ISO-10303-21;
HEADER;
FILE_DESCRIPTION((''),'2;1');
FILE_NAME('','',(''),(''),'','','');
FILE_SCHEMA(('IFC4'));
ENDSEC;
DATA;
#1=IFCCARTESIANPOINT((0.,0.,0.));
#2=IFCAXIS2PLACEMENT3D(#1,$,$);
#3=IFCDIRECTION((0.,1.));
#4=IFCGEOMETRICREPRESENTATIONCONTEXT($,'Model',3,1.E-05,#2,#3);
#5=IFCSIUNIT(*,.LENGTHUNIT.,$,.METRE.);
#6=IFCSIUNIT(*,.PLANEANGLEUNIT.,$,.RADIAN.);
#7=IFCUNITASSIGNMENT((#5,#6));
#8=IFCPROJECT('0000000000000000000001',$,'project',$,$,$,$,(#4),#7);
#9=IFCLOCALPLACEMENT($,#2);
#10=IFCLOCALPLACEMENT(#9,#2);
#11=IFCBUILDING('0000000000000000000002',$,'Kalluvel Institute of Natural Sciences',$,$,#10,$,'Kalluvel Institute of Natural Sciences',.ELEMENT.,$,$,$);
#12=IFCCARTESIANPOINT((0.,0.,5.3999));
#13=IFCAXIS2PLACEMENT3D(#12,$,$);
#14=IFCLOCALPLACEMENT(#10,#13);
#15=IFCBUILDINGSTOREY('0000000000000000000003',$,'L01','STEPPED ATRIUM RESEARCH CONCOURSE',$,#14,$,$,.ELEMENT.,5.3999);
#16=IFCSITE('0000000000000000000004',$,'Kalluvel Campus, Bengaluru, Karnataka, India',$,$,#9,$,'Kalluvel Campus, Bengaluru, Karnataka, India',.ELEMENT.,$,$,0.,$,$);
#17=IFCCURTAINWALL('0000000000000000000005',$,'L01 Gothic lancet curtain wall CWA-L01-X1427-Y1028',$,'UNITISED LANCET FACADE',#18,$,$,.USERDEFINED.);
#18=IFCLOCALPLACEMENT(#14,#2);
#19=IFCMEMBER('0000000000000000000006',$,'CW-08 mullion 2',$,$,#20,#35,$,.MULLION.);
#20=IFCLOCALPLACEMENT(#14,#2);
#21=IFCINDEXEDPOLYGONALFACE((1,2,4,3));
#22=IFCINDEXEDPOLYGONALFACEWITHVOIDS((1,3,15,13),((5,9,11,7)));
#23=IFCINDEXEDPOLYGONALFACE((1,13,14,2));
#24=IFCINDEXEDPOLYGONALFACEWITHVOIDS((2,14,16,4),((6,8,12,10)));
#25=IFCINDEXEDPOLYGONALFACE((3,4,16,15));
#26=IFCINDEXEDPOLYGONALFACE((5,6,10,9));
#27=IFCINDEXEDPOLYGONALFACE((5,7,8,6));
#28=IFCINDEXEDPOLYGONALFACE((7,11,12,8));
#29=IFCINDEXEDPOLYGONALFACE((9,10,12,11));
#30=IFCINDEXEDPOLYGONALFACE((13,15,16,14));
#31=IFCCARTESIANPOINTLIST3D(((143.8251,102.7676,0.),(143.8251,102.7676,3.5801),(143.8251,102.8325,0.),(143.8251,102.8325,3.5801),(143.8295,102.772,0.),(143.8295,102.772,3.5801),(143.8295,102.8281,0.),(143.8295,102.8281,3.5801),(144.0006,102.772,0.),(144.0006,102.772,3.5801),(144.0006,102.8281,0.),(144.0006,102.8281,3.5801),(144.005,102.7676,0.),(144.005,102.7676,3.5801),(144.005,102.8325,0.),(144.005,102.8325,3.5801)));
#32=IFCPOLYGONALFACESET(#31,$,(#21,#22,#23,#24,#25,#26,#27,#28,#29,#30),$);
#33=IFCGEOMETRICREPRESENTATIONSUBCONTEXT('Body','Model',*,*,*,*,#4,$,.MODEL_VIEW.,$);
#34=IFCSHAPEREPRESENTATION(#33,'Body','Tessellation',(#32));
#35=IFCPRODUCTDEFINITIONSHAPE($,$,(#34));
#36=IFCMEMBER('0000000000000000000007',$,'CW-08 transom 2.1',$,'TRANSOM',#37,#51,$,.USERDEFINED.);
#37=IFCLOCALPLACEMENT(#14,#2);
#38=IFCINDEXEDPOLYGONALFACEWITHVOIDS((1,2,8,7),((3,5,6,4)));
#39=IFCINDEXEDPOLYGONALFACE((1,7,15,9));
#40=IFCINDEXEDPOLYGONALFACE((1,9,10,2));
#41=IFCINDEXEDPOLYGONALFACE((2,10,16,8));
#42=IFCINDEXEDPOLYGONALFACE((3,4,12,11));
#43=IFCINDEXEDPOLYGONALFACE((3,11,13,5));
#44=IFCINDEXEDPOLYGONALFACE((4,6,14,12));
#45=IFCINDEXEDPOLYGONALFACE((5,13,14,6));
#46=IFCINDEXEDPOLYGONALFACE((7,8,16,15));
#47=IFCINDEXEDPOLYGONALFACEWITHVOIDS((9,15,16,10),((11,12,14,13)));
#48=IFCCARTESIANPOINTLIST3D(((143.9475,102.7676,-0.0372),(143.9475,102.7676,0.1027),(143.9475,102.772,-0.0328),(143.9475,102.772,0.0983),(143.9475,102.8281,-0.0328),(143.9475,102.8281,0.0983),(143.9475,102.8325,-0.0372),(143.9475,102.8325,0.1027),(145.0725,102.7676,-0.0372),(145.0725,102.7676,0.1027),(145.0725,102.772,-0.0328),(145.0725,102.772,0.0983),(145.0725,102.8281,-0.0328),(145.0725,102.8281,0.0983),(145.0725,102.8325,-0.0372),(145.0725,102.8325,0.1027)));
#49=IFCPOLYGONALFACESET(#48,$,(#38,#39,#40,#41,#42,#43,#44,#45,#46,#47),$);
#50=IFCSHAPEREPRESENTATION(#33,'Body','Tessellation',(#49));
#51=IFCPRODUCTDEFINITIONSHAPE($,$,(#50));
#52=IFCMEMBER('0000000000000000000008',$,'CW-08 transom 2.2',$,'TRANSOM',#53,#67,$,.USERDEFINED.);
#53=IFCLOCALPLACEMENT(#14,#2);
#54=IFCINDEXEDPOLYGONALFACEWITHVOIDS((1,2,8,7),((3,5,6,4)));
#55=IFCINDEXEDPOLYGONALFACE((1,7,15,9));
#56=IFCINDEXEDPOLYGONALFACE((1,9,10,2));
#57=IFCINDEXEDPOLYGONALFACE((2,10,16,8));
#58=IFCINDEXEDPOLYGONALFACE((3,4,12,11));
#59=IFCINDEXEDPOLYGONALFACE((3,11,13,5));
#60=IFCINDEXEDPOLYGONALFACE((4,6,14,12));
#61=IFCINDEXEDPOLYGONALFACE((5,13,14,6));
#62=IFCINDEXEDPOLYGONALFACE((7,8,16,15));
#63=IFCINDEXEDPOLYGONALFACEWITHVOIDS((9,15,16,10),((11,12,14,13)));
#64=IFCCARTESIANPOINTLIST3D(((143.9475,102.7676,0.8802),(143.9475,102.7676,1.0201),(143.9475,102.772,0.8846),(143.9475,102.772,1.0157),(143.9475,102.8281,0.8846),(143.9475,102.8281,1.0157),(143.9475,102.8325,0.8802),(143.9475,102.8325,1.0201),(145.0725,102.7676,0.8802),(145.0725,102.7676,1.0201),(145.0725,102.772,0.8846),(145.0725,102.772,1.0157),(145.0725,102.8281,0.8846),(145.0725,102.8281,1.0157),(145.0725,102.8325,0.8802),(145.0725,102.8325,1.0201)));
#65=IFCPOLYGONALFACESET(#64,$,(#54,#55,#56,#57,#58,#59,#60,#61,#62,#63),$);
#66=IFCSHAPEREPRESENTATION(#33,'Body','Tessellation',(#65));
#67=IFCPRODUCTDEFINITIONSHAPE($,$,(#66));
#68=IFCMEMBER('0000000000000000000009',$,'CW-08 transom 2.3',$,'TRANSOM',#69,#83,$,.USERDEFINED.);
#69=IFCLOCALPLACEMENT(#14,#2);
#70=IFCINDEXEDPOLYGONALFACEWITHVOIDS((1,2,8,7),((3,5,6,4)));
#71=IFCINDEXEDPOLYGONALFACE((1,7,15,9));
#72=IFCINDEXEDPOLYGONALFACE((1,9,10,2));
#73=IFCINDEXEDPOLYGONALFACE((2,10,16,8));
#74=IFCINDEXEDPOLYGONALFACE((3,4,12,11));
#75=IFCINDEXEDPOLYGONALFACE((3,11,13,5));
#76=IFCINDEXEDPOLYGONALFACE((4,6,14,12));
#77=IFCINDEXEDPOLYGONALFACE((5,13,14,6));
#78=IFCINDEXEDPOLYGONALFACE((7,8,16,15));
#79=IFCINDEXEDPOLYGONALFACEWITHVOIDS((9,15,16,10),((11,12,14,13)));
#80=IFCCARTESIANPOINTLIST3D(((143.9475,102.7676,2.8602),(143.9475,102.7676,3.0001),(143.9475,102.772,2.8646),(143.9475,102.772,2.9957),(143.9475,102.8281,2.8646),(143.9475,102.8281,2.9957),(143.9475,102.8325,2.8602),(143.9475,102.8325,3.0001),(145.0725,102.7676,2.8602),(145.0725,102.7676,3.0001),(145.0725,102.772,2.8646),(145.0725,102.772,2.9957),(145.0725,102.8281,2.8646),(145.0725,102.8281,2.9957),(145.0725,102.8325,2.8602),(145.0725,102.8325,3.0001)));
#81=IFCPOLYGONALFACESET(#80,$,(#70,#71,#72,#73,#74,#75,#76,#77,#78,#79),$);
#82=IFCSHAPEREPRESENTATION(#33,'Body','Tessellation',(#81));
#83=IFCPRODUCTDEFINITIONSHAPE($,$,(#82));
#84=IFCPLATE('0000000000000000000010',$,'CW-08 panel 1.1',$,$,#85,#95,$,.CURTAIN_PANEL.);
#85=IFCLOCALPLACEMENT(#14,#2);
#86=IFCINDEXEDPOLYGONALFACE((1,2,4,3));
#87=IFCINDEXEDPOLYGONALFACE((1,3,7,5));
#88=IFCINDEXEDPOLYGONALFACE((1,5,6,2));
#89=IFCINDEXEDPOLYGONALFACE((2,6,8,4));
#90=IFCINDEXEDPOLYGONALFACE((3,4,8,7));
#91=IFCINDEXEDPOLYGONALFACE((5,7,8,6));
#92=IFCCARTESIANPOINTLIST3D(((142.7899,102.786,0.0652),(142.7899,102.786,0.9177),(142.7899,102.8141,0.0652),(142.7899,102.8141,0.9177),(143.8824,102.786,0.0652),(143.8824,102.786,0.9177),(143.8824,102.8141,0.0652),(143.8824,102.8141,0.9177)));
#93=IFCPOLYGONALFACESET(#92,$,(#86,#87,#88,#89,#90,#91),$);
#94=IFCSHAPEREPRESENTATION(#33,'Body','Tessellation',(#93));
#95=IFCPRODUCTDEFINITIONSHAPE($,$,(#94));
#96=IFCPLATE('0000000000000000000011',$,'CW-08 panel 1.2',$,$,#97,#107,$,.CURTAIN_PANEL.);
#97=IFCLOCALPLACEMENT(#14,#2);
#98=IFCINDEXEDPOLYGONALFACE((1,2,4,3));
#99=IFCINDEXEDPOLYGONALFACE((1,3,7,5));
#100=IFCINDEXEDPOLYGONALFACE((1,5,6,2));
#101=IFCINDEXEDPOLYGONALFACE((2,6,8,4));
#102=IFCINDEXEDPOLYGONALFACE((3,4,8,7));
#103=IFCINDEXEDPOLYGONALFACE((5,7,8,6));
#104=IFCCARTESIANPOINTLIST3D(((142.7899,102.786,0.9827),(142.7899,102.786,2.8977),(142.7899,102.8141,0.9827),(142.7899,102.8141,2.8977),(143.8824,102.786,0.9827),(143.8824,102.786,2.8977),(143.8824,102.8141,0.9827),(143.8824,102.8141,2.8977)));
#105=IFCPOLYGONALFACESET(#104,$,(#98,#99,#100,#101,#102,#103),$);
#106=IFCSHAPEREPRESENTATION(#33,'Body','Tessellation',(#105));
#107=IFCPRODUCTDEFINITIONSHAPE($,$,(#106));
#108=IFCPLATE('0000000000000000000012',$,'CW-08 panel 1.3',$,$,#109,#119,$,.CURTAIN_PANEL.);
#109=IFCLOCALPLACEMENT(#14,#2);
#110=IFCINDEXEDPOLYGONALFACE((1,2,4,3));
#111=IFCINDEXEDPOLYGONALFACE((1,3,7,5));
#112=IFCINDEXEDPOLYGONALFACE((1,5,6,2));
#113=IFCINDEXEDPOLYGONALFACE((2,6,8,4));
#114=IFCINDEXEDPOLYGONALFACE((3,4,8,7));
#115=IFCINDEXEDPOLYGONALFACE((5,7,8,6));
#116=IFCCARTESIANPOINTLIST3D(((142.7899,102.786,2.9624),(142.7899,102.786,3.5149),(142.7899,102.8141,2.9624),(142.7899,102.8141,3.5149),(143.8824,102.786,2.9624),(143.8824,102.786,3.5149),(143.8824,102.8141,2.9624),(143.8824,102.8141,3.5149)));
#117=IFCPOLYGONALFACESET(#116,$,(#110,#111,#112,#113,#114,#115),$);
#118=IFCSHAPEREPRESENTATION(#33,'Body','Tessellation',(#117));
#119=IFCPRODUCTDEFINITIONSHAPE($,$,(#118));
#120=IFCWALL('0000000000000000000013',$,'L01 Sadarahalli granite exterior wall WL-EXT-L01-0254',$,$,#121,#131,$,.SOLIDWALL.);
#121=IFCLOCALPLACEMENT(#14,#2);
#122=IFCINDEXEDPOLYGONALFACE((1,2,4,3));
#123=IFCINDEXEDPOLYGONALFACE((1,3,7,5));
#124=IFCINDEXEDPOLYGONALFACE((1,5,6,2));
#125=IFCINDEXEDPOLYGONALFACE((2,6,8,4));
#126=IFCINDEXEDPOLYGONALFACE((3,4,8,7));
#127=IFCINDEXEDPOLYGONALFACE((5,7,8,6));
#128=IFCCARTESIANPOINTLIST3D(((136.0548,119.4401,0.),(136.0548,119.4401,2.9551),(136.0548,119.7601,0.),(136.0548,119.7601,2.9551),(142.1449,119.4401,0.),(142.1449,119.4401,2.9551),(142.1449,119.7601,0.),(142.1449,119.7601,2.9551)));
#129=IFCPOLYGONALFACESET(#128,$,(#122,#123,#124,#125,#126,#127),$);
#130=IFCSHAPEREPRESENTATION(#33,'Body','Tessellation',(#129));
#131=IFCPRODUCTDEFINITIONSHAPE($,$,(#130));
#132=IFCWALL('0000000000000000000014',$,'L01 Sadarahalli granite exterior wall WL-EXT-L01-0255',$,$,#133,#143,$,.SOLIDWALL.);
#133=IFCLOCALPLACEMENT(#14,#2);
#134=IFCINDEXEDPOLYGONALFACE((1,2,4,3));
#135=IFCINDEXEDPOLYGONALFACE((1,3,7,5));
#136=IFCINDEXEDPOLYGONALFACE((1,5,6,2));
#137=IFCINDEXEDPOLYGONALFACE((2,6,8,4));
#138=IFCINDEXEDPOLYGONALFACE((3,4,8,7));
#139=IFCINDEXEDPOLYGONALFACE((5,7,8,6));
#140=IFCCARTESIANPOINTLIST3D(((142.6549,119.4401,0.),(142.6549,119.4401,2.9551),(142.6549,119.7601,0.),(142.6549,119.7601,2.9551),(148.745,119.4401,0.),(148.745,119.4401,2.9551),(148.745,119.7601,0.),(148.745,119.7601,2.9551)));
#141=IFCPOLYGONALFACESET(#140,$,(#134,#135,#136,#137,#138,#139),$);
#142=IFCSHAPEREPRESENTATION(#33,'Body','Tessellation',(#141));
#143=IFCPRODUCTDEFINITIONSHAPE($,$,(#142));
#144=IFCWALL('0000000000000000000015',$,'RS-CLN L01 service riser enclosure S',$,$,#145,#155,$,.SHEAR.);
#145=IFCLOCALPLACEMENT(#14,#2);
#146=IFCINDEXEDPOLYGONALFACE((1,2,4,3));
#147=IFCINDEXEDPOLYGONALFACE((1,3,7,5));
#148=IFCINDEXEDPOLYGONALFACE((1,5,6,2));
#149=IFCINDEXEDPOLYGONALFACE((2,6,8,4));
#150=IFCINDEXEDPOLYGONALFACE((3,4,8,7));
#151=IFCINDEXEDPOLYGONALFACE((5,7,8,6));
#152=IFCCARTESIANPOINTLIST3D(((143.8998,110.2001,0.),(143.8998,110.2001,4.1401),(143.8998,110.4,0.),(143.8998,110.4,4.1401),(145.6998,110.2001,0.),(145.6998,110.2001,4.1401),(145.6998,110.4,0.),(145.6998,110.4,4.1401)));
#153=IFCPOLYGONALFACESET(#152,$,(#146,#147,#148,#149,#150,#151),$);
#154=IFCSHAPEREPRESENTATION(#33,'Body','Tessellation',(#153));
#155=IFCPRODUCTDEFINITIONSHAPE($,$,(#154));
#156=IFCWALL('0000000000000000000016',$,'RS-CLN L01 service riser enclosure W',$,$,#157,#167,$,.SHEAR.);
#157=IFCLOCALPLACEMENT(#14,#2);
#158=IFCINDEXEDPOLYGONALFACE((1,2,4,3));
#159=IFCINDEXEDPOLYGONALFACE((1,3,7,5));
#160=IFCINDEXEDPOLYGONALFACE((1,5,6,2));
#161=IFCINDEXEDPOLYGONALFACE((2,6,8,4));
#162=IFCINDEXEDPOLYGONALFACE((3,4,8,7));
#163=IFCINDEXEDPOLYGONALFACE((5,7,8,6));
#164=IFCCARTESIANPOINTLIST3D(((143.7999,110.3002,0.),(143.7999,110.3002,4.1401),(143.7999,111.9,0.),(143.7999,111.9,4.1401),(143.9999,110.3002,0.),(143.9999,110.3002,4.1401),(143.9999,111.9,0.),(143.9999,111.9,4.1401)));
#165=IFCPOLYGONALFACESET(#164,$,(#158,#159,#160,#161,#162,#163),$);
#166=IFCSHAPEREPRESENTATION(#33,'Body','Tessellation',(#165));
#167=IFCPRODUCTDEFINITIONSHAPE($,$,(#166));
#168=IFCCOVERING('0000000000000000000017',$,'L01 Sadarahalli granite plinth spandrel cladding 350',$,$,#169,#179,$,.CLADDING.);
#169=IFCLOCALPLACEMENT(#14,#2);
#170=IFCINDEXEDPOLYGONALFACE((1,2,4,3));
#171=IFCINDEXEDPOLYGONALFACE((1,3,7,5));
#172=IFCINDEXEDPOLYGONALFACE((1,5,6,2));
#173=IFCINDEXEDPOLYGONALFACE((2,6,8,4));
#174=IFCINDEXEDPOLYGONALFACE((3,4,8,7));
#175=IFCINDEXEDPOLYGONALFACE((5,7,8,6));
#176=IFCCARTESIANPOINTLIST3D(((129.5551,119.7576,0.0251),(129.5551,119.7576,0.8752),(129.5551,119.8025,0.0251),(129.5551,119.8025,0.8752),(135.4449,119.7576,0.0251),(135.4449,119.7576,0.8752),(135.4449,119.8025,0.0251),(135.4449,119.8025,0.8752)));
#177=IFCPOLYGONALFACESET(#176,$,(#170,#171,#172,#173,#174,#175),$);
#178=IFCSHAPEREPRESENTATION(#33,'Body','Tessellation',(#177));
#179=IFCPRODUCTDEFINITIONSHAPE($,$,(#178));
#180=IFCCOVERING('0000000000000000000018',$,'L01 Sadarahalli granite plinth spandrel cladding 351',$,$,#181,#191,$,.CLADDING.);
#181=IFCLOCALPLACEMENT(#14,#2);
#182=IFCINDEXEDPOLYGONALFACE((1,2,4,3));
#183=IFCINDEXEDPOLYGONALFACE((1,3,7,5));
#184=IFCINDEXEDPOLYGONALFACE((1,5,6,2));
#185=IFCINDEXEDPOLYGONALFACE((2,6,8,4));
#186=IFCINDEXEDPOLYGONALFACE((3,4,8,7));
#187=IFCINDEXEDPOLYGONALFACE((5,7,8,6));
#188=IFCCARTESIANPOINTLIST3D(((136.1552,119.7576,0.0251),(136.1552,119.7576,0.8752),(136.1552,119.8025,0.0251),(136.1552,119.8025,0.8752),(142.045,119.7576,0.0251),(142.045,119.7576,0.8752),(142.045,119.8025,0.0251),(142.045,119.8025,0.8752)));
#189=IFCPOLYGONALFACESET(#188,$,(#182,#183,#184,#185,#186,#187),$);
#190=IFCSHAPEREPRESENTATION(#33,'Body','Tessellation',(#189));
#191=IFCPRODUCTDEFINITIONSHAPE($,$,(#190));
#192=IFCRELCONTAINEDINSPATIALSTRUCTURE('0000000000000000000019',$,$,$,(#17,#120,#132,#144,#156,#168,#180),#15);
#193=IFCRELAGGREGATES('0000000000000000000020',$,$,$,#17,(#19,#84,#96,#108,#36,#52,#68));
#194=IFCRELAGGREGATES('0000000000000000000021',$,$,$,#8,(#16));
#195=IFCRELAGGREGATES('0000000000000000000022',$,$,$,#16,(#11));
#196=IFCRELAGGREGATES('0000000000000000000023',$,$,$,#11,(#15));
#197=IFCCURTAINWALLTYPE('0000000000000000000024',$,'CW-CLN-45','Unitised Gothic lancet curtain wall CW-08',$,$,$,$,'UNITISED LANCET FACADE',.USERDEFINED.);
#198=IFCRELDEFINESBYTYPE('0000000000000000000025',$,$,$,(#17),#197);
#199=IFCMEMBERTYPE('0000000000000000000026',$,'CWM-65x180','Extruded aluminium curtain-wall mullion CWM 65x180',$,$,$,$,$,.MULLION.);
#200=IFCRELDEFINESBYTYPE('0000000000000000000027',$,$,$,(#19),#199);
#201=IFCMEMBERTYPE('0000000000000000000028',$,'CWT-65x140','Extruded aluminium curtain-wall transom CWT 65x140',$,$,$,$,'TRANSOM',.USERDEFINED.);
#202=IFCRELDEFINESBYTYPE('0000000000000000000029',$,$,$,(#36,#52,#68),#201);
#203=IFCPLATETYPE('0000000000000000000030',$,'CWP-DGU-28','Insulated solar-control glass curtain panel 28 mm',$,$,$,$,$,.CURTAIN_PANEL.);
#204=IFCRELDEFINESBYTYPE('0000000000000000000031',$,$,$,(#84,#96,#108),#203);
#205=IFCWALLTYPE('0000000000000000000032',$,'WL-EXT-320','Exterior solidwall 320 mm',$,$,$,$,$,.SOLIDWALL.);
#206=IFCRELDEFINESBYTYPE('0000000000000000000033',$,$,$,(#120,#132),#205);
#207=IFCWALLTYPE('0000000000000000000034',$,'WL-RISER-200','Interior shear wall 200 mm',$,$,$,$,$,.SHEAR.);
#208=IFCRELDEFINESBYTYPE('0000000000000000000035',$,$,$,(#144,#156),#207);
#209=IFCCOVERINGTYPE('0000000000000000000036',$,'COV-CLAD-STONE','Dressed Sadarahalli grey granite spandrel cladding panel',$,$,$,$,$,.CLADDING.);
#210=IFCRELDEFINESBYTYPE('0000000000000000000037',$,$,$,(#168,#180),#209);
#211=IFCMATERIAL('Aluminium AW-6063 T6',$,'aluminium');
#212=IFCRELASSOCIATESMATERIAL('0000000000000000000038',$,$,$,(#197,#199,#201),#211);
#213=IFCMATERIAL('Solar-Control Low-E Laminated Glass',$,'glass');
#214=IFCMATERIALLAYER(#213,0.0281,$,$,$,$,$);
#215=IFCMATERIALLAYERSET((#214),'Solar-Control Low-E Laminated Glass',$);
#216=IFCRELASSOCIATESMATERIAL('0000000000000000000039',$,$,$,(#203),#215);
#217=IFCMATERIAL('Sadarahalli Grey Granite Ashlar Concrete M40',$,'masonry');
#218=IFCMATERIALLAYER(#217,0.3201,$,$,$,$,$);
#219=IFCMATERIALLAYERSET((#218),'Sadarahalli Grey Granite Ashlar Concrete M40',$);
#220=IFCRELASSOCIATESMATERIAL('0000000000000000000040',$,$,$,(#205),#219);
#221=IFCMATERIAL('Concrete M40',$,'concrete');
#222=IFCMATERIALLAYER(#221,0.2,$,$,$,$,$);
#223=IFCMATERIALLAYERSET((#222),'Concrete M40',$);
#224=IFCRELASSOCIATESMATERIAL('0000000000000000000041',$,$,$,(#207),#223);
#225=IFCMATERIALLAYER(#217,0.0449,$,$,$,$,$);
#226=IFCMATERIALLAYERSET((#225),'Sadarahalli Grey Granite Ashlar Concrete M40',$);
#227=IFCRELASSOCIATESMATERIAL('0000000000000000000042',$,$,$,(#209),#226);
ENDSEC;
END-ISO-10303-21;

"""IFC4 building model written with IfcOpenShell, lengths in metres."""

from ifc_helpers import new_model, si_unit, direction, frame, frame_2d, origin, origin_2d, place, context, subcontext, project, spatial, rectangle, hollow_rectangle, extrude, material, layer, layer_set, material_profile, profile_set, type_object, element, aggregate, save


model = new_model("IFC4")

# Units and contexts
model_context = context("Model", 3, precision=1e-05, world=origin(), true_north=direction((0.0, 1.0)))
body_context = subcontext(model_context, "Body", "Model", "MODEL_VIEW")
ifc_project = project(units=[si_unit("LENGTHUNIT", "METRE"), si_unit("PLANEANGLEUNIT", "RADIAN")], contexts=[model_context])

# Site, building, storey
site_placement = place(None, origin())
site = spatial("IfcSite", under=ifc_project, at=site_placement, Name="Kalluvel Campus, Bengaluru, Karnataka, India", LongName="Kalluvel Campus, Bengaluru, Karnataka, India", CompositionType="ELEMENT", RefElevation=0.0)
building_placement = place(site_placement, origin())
building = spatial("IfcBuilding", under=site, at=building_placement, Name="Kalluvel Institute of Natural Sciences", LongName="Kalluvel Institute of Natural Sciences", CompositionType="ELEMENT")
storey_placement = place(building_placement, frame((0.0, 0.0, 5.3999)))
storey = spatial("IfcBuildingStorey", under=building, at=storey_placement, Name="L01", Description="STEPPED ATRIUM RESEARCH CONCOURSE", CompositionType="ELEMENT", Elevation=5.3999)

# Shared definitions
ifc_material_1 = material(Name="Concrete M40", Category="concrete")

# Curtain wall, members, plates
ifc_material_2 = material(Name="Aluminium AW-6063 T6", Category="aluminium")
curtain_wall_type = type_object("IfcCurtainWallType", Name="CW-CLN-45", Description="Unitised Gothic lancet curtain wall CW-08", ElementType="UNITISED LANCET FACADE", PredefinedType="USERDEFINED", material=ifc_material_2)
curtain_wall_placement = place(storey_placement, origin())
curtain_wall = element("IfcCurtainWall", 1, at=curtain_wall_placement, inside=storey, type_object=curtain_wall_type, Name="L01 Gothic lancet curtain wall CWA-L01-X1427-Y1028", ObjectType="UNITISED LANCET FACADE", PredefinedType="USERDEFINED")
ifc_material_profile_1 = material_profile(ifc_material_2, hollow_rectangle(XDim=0.0649, YDim=0.1799, WallThickness=0.0044, at=origin_2d()), Name="CWM 65x180")
ifc_profile_set_1 = profile_set([ifc_material_profile_1], Name="Aluminium AW-6063 T6")
member_type_1 = type_object("IfcMemberType", Name="CWM-65x180", Description="Extruded aluminium curtain-wall mullion CWM 65x180", PredefinedType="MULLION", material=ifc_profile_set_1)
member_1_placement = place(storey_placement, frame((143.915, 102.8, 0.0), z_axis=(0.0, 0.0, 1.0), x_axis=(0.0, 1.0, 0.0)))
member_1 = element("IfcMember", 2, at=member_1_placement, type_object=member_type_1, Name="CW-08 mullion 2", PredefinedType="MULLION", context=body_context, shape_type="SweptSolid", body=[
    extrude(hollow_rectangle(XDim=0.0649, YDim=0.1799, WallThickness=0.0044, at=origin_2d()), origin(), (0.0, 0.0, 1.0), 3.5801),
])
ifc_material_profile_2 = material_profile(ifc_material_2, hollow_rectangle(XDim=0.0649, YDim=0.1399, WallThickness=0.0044, at=origin_2d()), Name="CWT 65x140")
ifc_profile_set_2 = profile_set([ifc_material_profile_2], Name="Aluminium AW-6063 T6")
member_type_2 = type_object("IfcMemberType", Name="CWT-65x140", Description="Extruded aluminium curtain-wall transom CWT 65x140", ElementType="TRANSOM", PredefinedType="USERDEFINED", material=ifc_profile_set_2)
member_2_placement = place(storey_placement, frame((143.9475, 102.8, 0.0327), z_axis=(1.0, 0.0, 0.0), x_axis=(0.0, 1.0, 0.0)))
member_2 = element("IfcMember", 3, at=member_2_placement, type_object=member_type_2, Name="CW-08 transom 2.1", ObjectType="TRANSOM", PredefinedType="USERDEFINED", context=body_context, shape_type="SweptSolid", body=[
    extrude(hollow_rectangle(XDim=0.0649, YDim=0.1399, WallThickness=0.0044, at=origin_2d()), origin(), (0.0, 0.0, 1.0), 1.125),
])
member_3_placement = place(storey_placement, frame((143.9475, 102.8, 0.9502), z_axis=(1.0, 0.0, 0.0), x_axis=(0.0, 1.0, 0.0)))
member_3 = element("IfcMember", 4, at=member_3_placement, type_object=member_type_2, Name="CW-08 transom 2.2", ObjectType="TRANSOM", PredefinedType="USERDEFINED", context=body_context, shape_type="SweptSolid", body=[
    extrude(hollow_rectangle(XDim=0.0649, YDim=0.1399, WallThickness=0.0044, at=origin_2d()), origin(), (0.0, 0.0, 1.0), 1.125),
])
member_4_placement = place(storey_placement, frame((143.9475, 102.8, 2.9302), z_axis=(1.0, 0.0, 0.0), x_axis=(0.0, 1.0, 0.0)))
member_4 = element("IfcMember", 5, at=member_4_placement, type_object=member_type_2, Name="CW-08 transom 2.3", ObjectType="TRANSOM", PredefinedType="USERDEFINED", context=body_context, shape_type="SweptSolid", body=[
    extrude(hollow_rectangle(XDim=0.0649, YDim=0.1399, WallThickness=0.0044, at=origin_2d()), origin(), (0.0, 0.0, 1.0), 1.125),
])
ifc_material_3 = material(Name="Solar-Control Low-E Laminated Glass", Category="glass")
ifc_layer_1 = layer(ifc_material_3, 0.0281)
ifc_layer_set_1 = layer_set([ifc_layer_1], Name="Solar-Control Low-E Laminated Glass")
plate_type = type_object("IfcPlateType", Name="CWP-DGU-28", Description="Insulated solar-control glass curtain panel 28 mm", PredefinedType="CURTAIN_PANEL", material=ifc_layer_set_1)
plate_1_placement = place(storey_placement, frame((143.3362, 102.8, 0.0652), z_axis=(0.0, 0.0, 1.0), x_axis=(1.0, 0.0, 0.0)))
plate_1 = element("IfcPlate", 6, at=plate_1_placement, type_object=plate_type, Name="CW-08 panel 1.1", PredefinedType="CURTAIN_PANEL", context=body_context, shape_type="SweptSolid", body=[
    extrude(rectangle(XDim=1.0925, YDim=0.0281, at=origin_2d()), origin(), (0.0, 0.0, 1.0), 0.8525),
])
plate_2_placement = place(storey_placement, frame((143.3362, 102.8, 0.9827), z_axis=(0.0, 0.0, 1.0), x_axis=(1.0, 0.0, 0.0)))
plate_2 = element("IfcPlate", 7, at=plate_2_placement, type_object=plate_type, Name="CW-08 panel 1.2", PredefinedType="CURTAIN_PANEL", context=body_context, shape_type="SweptSolid", body=[
    extrude(rectangle(XDim=1.0925, YDim=0.0281, at=origin_2d()), origin(), (0.0, 0.0, 1.0), 1.915),
])
plate_3_placement = place(storey_placement, frame((143.3362, 102.8, 2.9624), z_axis=(0.0, 0.0, 1.0), x_axis=(1.0, 0.0, 0.0)))
plate_3 = element("IfcPlate", 8, at=plate_3_placement, type_object=plate_type, Name="CW-08 panel 1.3", PredefinedType="CURTAIN_PANEL", context=body_context, shape_type="SweptSolid", body=[
    extrude(rectangle(XDim=1.0925, YDim=0.0281, at=origin_2d()), origin(), (0.0, 0.0, 1.0), 0.5525),
])
aggregate(curtain_wall, [member_1, plate_1, plate_2, plate_3, member_2, member_3, member_4])

# Walls
ifc_material_4 = material(Name="Sadarahalli Grey Granite Ashlar Concrete M40", Category="masonry")
ifc_layer_2 = layer(ifc_material_4, 0.3201)
ifc_layer_set_2 = layer_set([ifc_layer_2], Name="Sadarahalli Grey Granite Ashlar Concrete M40")
wall_type_1 = type_object("IfcWallType", Name="WL-EXT-320", Description="Exterior solidwall 320 mm", PredefinedType="SOLIDWALL", material=ifc_layer_set_2)
for number, where, z_axis, x_axis, name in (
    (9, (136.0549, 119.6001, 0.0), (0.0, 0.0, 1.0), (1.0, 0.0, 0.0), "L01 Sadarahalli granite exterior wall WL-EXT-L01-0254"),
    (10, (142.655, 119.6001, 0.0), (0.0, 0.0, 1.0), (1.0, 0.0, 0.0), "L01 Sadarahalli granite exterior wall WL-EXT-L01-0255"),
):
    element("IfcWall", number, at=place(storey_placement, frame(where, z_axis=z_axis, x_axis=x_axis)), inside=storey, type_object=wall_type_1, Name=name, PredefinedType="SOLIDWALL", context=body_context, shape_type="SweptSolid", body=[
        extrude(rectangle(XDim=6.0901, YDim=0.3201, at=frame_2d((3.0449, 0.0))), origin(), (0.0, 0.0, 1.0), 2.9551),
    ])
ifc_layer_3 = layer(ifc_material_1, 0.2)
ifc_layer_set_3 = layer_set([ifc_layer_3], Name="Concrete M40")
wall_type_2 = type_object("IfcWallType", Name="WL-RISER-200", Description="Interior shear wall 200 mm", PredefinedType="SHEAR", material=ifc_layer_set_3)
wall_1_placement = place(storey_placement, frame((143.8999, 110.3, 0.0), z_axis=(0.0, 0.0, 1.0), x_axis=(1.0, 0.0, 0.0)))
element("IfcWall", 11, at=wall_1_placement, inside=storey, type_object=wall_type_2, Name="RS-CLN L01 service riser enclosure S", PredefinedType="SHEAR", context=body_context, shape_type="SweptSolid", body=[
    extrude(rectangle(XDim=1.8, YDim=0.2, at=frame_2d((0.8999, 0.0))), origin(), (0.0, 0.0, 1.0), 4.1401),
])
wall_2_placement = place(storey_placement, frame((143.8999, 111.8999, 0.0), z_axis=(0.0, 0.0, 1.0), x_axis=(0.0, -1.0, 0.0)))
element("IfcWall", 12, at=wall_2_placement, inside=storey, type_object=wall_type_2, Name="RS-CLN L01 service riser enclosure W", PredefinedType="SHEAR", context=body_context, shape_type="SweptSolid", body=[
    extrude(rectangle(XDim=1.5999, YDim=0.2, at=frame_2d((0.7998, 0.0))), origin(), (0.0, 0.0, 1.0), 4.1401),
])

# Coverings
ifc_layer_4 = layer(ifc_material_4, 0.0449)
ifc_layer_set_4 = layer_set([ifc_layer_4], Name="Sadarahalli Grey Granite Ashlar Concrete M40")
covering_type = type_object("IfcCoveringType", Name="COV-CLAD-STONE", Description="Dressed Sadarahalli grey granite spandrel cladding panel", PredefinedType="CLADDING", material=ifc_layer_set_4)
for number, where, z_axis, x_axis, name in (
    (13, (132.5, 119.78, 0.0251), (0.0, 0.0, 1.0), (1.0, 0.0, 0.0), "L01 Sadarahalli granite plinth spandrel cladding 350"),
    (14, (139.1001, 119.78, 0.0251), (0.0, 0.0, 1.0), (1.0, 0.0, 0.0), "L01 Sadarahalli granite plinth spandrel cladding 351"),
):
    element("IfcCovering", number, at=place(storey_placement, frame(where, z_axis=z_axis, x_axis=x_axis)), inside=storey, type_object=covering_type, Name=name, PredefinedType="CLADDING", context=body_context, shape_type="SweptSolid", body=[
        extrude(rectangle(XDim=5.8899, YDim=0.0449, at=origin_2d()), origin(), (0.0, 0.0, 1.0), 0.8501),
    ])

save(model, "model.ifc")
